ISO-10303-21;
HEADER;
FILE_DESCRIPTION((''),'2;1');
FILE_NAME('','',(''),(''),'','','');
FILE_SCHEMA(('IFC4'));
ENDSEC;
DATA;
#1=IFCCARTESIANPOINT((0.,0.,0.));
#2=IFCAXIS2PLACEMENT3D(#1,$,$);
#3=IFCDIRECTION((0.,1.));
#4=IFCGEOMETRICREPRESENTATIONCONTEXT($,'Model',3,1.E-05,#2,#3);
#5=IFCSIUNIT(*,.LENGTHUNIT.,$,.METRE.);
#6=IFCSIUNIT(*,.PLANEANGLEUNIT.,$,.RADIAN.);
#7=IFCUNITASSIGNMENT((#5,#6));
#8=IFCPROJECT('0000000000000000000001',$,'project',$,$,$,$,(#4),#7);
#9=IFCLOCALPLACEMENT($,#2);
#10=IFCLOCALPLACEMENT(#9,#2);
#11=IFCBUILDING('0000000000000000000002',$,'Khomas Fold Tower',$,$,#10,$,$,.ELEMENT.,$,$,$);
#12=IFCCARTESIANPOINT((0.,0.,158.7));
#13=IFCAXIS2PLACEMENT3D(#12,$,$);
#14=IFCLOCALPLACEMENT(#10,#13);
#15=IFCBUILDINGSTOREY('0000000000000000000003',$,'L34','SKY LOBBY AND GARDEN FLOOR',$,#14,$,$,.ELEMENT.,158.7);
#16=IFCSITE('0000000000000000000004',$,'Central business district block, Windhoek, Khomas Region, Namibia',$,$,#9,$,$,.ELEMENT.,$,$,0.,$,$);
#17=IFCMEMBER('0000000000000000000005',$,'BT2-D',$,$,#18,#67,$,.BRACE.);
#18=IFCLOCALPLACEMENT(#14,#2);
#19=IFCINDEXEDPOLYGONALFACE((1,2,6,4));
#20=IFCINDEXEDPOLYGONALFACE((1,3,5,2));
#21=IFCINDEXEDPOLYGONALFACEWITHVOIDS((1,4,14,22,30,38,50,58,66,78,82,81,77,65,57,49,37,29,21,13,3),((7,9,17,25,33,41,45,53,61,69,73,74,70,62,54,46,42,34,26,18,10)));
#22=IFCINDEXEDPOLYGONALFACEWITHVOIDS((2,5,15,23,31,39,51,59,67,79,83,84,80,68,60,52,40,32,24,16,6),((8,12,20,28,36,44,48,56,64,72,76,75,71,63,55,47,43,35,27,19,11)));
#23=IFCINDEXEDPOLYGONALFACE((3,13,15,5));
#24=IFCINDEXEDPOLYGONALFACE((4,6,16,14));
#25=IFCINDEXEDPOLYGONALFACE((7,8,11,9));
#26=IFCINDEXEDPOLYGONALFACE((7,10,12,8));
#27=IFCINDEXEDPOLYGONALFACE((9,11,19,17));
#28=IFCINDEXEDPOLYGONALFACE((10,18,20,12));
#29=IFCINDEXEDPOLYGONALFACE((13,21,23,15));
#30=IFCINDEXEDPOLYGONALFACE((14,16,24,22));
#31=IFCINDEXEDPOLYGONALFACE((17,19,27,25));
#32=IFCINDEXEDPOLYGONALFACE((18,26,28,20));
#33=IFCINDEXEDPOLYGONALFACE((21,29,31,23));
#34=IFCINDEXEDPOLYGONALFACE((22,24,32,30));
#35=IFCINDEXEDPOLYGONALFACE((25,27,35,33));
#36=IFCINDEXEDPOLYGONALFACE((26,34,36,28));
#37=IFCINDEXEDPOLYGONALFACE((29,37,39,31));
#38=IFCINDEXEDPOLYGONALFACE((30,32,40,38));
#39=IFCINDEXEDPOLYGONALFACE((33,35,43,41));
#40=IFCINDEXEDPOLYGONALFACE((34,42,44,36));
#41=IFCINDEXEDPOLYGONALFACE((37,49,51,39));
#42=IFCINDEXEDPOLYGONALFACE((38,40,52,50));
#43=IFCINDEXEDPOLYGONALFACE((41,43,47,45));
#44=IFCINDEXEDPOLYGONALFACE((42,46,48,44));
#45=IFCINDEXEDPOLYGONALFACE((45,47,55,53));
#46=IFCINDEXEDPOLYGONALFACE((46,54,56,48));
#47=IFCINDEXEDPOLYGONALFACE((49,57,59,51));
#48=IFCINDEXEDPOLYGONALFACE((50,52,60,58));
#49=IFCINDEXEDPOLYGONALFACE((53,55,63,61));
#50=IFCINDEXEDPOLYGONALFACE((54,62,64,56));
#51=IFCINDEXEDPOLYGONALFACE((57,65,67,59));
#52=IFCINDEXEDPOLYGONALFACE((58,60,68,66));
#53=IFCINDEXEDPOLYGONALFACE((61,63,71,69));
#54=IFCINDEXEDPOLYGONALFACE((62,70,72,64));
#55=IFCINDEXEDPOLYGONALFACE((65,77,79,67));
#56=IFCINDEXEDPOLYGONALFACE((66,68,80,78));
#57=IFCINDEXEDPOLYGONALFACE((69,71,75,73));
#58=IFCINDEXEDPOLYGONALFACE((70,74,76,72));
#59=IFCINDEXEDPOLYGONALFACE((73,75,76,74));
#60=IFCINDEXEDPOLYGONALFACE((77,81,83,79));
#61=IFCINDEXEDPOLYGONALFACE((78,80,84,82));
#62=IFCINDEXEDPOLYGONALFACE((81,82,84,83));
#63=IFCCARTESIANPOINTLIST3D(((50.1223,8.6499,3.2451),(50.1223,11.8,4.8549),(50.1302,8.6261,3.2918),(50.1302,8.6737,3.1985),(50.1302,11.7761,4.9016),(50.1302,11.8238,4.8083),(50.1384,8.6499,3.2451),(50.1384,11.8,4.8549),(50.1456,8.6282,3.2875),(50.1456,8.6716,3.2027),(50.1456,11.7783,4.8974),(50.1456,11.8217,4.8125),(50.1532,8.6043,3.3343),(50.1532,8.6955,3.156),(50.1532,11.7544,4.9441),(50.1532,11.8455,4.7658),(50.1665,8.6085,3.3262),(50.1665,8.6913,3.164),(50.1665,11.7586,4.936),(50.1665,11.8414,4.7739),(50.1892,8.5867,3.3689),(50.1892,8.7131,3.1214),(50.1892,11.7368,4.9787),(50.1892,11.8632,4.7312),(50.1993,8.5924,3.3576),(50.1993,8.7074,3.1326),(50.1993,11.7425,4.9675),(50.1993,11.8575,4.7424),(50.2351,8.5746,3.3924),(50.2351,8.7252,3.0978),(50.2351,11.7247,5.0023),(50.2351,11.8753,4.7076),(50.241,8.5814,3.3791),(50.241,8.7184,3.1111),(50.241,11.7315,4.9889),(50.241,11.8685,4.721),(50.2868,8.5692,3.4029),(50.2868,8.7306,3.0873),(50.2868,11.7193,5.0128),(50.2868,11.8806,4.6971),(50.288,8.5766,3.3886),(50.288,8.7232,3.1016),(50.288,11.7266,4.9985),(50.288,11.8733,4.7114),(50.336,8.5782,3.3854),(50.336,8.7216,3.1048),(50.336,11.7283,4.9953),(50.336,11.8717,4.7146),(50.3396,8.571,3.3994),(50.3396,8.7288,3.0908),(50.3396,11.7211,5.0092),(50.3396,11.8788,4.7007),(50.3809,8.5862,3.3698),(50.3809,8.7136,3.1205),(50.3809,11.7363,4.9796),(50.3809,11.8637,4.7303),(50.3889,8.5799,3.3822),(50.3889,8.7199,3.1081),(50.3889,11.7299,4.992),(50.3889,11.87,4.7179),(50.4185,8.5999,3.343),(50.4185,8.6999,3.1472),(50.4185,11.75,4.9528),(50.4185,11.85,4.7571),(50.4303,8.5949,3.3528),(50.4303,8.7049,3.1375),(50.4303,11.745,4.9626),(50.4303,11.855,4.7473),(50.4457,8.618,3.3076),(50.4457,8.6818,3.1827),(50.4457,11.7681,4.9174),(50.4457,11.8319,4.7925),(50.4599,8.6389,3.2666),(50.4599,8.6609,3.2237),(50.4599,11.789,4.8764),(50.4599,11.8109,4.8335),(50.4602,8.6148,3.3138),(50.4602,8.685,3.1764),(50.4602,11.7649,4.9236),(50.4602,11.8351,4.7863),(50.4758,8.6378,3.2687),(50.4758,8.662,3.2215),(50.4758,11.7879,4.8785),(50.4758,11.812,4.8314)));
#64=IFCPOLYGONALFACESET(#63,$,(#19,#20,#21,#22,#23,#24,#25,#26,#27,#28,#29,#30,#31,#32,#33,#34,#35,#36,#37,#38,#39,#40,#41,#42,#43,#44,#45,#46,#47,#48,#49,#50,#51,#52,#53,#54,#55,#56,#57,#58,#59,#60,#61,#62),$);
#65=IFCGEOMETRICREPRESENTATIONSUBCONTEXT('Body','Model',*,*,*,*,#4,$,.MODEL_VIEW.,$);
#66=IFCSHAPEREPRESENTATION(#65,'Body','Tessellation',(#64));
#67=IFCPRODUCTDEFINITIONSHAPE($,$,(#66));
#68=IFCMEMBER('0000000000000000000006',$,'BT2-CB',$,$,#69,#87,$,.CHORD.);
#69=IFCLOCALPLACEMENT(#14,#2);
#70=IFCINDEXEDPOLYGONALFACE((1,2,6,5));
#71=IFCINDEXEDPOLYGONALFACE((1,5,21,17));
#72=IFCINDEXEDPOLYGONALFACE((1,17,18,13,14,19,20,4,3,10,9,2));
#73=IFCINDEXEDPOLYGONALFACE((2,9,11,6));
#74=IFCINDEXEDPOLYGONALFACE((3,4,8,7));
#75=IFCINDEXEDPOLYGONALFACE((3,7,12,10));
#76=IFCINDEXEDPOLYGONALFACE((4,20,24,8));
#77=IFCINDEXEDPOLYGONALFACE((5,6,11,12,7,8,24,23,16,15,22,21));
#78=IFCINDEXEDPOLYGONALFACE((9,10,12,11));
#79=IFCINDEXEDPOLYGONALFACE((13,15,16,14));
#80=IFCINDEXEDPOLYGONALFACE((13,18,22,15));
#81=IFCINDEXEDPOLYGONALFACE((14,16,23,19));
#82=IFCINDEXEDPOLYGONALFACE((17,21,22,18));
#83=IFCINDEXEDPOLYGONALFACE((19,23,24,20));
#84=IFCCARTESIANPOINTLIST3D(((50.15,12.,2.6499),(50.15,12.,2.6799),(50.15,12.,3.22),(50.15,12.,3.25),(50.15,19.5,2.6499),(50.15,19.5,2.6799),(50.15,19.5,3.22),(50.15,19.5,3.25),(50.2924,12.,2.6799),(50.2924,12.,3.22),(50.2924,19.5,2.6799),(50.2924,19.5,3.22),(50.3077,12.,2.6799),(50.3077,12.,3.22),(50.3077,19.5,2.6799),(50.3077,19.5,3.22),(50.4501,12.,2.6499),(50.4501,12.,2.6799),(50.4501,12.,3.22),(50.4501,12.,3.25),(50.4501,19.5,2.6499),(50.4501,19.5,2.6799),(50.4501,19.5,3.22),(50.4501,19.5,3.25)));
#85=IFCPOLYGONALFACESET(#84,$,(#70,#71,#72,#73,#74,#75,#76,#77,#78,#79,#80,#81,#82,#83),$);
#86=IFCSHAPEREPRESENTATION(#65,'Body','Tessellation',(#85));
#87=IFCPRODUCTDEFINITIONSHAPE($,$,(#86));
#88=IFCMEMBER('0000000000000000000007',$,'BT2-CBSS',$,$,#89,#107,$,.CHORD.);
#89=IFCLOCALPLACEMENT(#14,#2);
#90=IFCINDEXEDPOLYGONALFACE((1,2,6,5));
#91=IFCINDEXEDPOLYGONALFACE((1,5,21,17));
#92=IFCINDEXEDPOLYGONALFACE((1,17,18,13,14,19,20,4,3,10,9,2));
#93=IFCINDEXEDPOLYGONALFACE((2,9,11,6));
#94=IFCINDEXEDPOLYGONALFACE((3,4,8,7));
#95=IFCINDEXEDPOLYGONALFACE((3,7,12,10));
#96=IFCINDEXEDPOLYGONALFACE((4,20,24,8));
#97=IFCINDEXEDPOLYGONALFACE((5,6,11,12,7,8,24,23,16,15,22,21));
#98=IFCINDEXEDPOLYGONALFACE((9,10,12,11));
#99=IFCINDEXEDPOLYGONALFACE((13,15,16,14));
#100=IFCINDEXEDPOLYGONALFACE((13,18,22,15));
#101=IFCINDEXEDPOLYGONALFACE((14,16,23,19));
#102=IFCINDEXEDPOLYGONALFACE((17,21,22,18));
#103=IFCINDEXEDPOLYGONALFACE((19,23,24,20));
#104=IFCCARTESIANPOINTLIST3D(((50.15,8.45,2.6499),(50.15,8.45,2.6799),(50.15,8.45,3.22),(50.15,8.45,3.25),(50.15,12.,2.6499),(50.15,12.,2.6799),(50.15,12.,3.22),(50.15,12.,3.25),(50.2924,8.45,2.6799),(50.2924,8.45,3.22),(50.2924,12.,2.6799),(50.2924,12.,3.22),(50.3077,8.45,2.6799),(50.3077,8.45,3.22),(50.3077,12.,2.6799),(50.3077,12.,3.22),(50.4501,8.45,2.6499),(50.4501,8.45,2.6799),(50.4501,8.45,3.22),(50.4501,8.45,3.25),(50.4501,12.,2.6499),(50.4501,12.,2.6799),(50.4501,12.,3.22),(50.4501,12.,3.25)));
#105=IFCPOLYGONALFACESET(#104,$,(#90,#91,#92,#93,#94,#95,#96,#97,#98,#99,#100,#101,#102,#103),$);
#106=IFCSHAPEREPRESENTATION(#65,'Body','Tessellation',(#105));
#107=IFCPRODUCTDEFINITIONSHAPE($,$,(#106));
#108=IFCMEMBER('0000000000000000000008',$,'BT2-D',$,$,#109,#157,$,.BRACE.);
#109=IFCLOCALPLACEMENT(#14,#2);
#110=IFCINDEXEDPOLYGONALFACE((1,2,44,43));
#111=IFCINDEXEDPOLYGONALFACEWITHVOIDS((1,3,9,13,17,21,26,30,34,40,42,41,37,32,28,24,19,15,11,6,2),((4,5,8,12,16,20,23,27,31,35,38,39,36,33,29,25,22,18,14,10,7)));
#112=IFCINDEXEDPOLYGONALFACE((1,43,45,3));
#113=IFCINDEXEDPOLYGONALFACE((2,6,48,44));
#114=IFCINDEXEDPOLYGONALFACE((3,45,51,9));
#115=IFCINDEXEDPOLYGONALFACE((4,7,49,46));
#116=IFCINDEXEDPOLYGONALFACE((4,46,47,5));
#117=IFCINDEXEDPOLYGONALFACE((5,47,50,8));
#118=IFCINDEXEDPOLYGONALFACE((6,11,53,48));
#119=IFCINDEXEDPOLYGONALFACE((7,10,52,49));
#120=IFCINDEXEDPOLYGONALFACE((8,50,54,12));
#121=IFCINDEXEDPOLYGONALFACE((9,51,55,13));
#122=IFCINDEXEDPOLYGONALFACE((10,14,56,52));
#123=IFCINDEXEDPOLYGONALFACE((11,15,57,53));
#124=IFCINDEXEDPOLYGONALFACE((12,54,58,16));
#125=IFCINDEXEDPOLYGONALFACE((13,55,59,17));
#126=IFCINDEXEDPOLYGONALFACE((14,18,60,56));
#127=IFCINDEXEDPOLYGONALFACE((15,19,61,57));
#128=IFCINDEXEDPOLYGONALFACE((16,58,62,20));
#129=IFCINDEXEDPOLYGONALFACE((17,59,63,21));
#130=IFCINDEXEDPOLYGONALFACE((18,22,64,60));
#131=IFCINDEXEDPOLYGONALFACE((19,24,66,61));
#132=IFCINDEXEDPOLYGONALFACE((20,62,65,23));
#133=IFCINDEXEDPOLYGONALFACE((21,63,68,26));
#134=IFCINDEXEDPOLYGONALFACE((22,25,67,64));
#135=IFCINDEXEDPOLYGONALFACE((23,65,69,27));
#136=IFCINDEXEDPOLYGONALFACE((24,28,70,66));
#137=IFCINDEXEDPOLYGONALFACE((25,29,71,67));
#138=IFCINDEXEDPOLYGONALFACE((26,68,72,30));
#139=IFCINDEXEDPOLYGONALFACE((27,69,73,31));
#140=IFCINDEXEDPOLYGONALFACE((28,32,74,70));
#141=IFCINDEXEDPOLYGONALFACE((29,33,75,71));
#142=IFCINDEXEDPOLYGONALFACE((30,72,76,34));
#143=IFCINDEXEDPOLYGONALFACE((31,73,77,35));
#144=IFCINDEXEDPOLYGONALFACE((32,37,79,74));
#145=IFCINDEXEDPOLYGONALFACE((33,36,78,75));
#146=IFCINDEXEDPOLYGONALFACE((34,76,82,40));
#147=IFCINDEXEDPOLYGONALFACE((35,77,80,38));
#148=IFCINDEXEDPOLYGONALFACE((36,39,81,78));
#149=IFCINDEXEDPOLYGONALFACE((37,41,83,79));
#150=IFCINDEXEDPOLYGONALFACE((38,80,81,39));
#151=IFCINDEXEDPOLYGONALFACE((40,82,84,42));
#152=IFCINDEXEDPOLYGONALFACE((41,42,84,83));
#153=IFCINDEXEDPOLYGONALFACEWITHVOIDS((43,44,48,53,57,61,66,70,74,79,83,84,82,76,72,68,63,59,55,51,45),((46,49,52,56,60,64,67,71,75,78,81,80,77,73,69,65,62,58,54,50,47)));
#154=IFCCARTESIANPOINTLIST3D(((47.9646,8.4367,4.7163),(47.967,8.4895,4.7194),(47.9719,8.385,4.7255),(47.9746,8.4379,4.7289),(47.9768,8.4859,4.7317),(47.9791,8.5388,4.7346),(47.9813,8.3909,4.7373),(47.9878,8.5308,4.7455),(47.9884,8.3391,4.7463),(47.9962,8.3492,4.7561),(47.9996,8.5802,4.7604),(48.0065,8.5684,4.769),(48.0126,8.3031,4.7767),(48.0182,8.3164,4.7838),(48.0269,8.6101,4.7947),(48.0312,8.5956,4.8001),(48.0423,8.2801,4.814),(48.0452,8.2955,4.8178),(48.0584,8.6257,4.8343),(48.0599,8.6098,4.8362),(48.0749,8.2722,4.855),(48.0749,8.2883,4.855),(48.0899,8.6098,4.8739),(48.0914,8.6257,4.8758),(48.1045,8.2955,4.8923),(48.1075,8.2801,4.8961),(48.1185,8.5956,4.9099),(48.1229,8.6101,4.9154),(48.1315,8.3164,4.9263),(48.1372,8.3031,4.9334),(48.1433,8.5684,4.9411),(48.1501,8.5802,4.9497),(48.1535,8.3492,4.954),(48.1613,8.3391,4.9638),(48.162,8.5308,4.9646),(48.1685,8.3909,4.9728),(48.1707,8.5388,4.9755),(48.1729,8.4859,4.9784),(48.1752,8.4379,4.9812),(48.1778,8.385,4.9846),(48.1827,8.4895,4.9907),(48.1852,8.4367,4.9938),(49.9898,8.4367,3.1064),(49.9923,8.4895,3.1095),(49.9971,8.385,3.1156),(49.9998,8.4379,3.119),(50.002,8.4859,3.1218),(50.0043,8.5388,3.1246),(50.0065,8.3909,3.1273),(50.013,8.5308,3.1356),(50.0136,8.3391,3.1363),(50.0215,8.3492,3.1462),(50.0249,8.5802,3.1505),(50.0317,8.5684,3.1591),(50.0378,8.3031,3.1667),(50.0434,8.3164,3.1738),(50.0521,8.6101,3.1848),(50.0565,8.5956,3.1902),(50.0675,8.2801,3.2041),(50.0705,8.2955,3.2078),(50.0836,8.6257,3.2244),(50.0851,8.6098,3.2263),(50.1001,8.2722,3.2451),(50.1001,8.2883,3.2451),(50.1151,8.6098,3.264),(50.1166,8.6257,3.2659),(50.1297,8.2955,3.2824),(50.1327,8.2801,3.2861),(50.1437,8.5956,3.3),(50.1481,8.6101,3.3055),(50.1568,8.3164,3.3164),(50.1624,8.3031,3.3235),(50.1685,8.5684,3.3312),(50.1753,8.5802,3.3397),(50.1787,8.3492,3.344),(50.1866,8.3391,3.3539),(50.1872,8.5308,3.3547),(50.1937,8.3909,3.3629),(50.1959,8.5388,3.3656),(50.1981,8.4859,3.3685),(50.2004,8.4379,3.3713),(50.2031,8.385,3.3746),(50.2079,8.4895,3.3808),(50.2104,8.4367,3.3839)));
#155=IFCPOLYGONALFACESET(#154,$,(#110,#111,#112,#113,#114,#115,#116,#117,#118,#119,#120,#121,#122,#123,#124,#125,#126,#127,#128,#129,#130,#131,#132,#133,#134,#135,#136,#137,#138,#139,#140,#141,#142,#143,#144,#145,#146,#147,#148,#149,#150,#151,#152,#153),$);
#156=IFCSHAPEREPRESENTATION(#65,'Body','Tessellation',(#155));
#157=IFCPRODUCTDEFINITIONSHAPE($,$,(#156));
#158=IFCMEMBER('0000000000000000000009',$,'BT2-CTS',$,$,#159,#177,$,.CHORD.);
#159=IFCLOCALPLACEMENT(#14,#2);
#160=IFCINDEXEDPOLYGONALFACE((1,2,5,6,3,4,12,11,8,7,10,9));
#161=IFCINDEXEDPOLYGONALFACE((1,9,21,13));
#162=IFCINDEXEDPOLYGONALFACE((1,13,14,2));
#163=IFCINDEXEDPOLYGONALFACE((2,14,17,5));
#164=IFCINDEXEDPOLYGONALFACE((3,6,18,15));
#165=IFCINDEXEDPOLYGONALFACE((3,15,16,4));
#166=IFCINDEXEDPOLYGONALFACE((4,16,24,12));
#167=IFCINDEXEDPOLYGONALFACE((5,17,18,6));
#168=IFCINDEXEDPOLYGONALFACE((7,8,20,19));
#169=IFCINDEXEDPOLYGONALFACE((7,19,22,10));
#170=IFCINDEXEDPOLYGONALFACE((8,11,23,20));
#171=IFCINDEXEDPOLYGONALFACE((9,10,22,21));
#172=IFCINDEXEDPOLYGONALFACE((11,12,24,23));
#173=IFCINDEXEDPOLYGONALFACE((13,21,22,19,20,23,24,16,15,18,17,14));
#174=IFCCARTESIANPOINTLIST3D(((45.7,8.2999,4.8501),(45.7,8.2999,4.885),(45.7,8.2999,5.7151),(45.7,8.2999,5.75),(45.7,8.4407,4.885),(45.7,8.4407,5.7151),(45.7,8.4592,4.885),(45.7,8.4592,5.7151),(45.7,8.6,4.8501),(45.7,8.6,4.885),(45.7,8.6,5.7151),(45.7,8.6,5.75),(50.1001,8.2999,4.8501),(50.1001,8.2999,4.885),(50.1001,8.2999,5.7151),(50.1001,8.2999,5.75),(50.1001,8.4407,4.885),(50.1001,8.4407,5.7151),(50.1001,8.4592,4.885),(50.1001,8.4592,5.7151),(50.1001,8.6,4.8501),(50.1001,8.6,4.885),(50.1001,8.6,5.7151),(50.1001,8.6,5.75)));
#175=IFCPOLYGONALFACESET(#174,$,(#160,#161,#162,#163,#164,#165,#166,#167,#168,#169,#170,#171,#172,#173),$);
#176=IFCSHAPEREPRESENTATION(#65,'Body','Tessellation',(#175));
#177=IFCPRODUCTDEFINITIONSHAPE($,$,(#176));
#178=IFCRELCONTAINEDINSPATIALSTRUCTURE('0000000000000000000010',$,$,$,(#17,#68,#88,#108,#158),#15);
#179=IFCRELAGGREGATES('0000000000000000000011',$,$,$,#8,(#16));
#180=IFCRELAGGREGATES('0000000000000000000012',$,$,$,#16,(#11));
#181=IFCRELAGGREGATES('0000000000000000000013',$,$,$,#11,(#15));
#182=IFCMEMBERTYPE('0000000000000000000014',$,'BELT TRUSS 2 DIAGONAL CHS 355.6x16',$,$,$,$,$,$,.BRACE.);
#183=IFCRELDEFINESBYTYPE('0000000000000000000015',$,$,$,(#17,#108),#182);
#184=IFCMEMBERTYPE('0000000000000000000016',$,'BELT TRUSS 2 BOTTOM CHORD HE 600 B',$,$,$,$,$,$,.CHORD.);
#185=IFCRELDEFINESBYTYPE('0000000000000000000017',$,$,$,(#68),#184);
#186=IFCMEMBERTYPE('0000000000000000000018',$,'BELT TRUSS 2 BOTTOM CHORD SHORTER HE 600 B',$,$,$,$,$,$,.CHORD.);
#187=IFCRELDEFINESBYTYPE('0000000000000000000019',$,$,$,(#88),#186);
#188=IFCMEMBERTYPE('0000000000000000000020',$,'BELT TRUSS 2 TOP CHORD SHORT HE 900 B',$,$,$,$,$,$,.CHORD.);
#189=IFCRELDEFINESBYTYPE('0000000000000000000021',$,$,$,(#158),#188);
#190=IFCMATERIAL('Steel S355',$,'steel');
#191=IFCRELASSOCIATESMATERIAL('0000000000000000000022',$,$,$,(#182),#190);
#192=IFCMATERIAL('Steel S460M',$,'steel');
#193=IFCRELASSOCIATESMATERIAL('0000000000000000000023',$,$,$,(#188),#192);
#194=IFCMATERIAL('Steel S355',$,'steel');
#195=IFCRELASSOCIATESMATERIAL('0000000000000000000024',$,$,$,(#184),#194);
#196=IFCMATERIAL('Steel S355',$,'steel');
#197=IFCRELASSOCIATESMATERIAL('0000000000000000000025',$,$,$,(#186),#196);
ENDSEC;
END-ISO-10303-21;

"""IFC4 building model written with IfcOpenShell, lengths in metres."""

from ifc_helpers import new_model, si_unit, direction, frame, origin, origin_2d, place, context, subcontext, project, spatial, hollow_circle, i_section, extrude, source, transform, mapped, material, material_profile, profile_set, type_object, element, save


model = new_model("IFC4")

# Units and contexts
model_context = context("Model", 3, precision=1e-05, world=origin(), true_north=direction((0.0, 1.0)))
body_context = subcontext(model_context, "Body", "Model", "MODEL_VIEW")
ifc_project = project(units=[si_unit("LENGTHUNIT", "METRE"), si_unit("PLANEANGLEUNIT", "RADIAN")], contexts=[model_context])

# Site, building, storey
site_placement = place(None, origin())
site = spatial("IfcSite", under=ifc_project, at=site_placement, Name="Central business district block, Windhoek, Khomas Region, Namibia", CompositionType="ELEMENT", RefElevation=0.0)
building_placement = place(site_placement, origin())
building = spatial("IfcBuilding", under=site, at=building_placement, Name="Khomas Fold Tower", CompositionType="ELEMENT")
storey_placement = place(building_placement, frame((0.0, 0.0, 158.7)))
storey = spatial("IfcBuildingStorey", under=building, at=storey_placement, Name="L34", Description="SKY LOBBY AND GARDEN FLOOR", CompositionType="ELEMENT", Elevation=158.7)

# Members
ifc_material_1 = material(Name="Steel S355", Category="steel")
ifc_material_profile_1 = material_profile(ifc_material_1, hollow_circle(Radius=0.1777, WallThickness=0.0161, at=origin_2d()), Name="CHS 355.6x16")
ifc_profile_set_1 = profile_set([ifc_material_profile_1], Name="Steel S355")
member_type_1 = type_object("IfcMemberType", Name="BELT TRUSS 2 DIAGONAL CHS 355.6x16", PredefinedType="BRACE", material=ifc_profile_set_1)
ifc_material_2 = material(Name="Steel S460M", Category="steel")
ifc_material_profile_2 = material_profile(ifc_material_2, i_section(OverallWidth=0.3, OverallDepth=0.8999, WebThickness=0.0186, FlangeThickness=0.0349, at=origin_2d()), Name="HE 900 B")
ifc_profile_set_2 = profile_set([ifc_material_profile_2], Name="Steel S460M")
member_type_2 = type_object("IfcMemberType", Name="BELT TRUSS 2 TOP CHORD SHORT HE 900 B", PredefinedType="CHORD", material=ifc_profile_set_2)
shared_shape_1 = source(origin(), body_context, "Body", "SweptSolid", [
    extrude(hollow_circle(Radius=0.1777, WallThickness=0.0161, at=origin_2d()), origin(), (0.0, 0.0, 1.0), 3.5376),
])
member_1_placement = place(storey_placement, frame((50.3, 8.6499, 3.2451), z_axis=(0.0, 0.890459, 0.455064), x_axis=(-1.0, 0.0, 0.0)))
element("IfcMember", 1, at=member_1_placement, inside=storey, type_object=member_type_1, Name="BT2-D", PredefinedType="BRACE", context=body_context, shape_type="MappedRepresentation", body=[
    mapped(shared_shape_1, transform((0.0, 0.0, 0.0))),
])
ifc_material_3 = material(Name="Steel S355", Category="steel")
ifc_material_profile_3 = material_profile(ifc_material_3, i_section(OverallWidth=0.3, OverallDepth=0.6001, WebThickness=0.0154, FlangeThickness=0.03, at=origin_2d()), Name="HE 600 B")
ifc_profile_set_3 = profile_set([ifc_material_profile_3], Name="Steel S355")
member_type_3 = type_object("IfcMemberType", Name="BELT TRUSS 2 BOTTOM CHORD HE 600 B", PredefinedType="CHORD", material=ifc_profile_set_3)
shared_shape_2 = source(origin(), body_context, "Body", "SweptSolid", [
    extrude(i_section(OverallWidth=0.3, OverallDepth=0.6001, WebThickness=0.0154, FlangeThickness=0.03, at=origin_2d()), origin(), (0.0, 0.0, 1.0), 7.5),
])
member_2_placement = place(storey_placement, frame((50.3, 12.0, 2.95), z_axis=(0.0, 1.0, 0.0), x_axis=(-1.0, 0.0, 0.0)))
element("IfcMember", 2, at=member_2_placement, inside=storey, type_object=member_type_3, Name="BT2-CB", PredefinedType="CHORD", context=body_context, shape_type="MappedRepresentation", body=[
    mapped(shared_shape_2, transform((0.0, 0.0, 0.0))),
])
ifc_material_4 = material(Name="Steel S355", Category="steel")
ifc_material_profile_4 = material_profile(ifc_material_4, i_section(OverallWidth=0.3, OverallDepth=0.6001, WebThickness=0.0154, FlangeThickness=0.03, at=origin_2d()), Name="HE 600 B")
ifc_profile_set_4 = profile_set([ifc_material_profile_4], Name="Steel S355")
member_type_4 = type_object("IfcMemberType", Name="BELT TRUSS 2 BOTTOM CHORD SHORTER HE 600 B", PredefinedType="CHORD", material=ifc_profile_set_4)
shared_shape_3 = source(origin(), body_context, "Body", "SweptSolid", [
    extrude(i_section(OverallWidth=0.3, OverallDepth=0.6001, WebThickness=0.0154, FlangeThickness=0.03, at=origin_2d()), origin(), (0.0, 0.0, 1.0), 3.55),
])
member_3_placement = place(storey_placement, frame((50.3, 8.45, 2.95), z_axis=(0.0, 1.0, 0.0), x_axis=(-1.0, 0.0, 0.0)))
element("IfcMember", 3, at=member_3_placement, inside=storey, type_object=member_type_4, Name="BT2-CBSS", PredefinedType="CHORD", context=body_context, shape_type="MappedRepresentation", body=[
    mapped(shared_shape_3, transform((0.0, 0.0, 0.0))),
])
shared_shape_4 = source(origin(), body_context, "Body", "SweptSolid", [
    extrude(hollow_circle(Radius=0.1777, WallThickness=0.0161, at=origin_2d()), origin(), (0.0, 0.0, 1.0), 2.5872),
])
member_4_placement = place(storey_placement, frame((50.1001, 8.45, 3.2451), z_axis=(-0.782799, 0.0, 0.622275), x_axis=(0.0, -1.0, 0.0)))
element("IfcMember", 4, at=member_4_placement, inside=storey, type_object=member_type_1, Name="BT2-D", PredefinedType="BRACE", context=body_context, shape_type="MappedRepresentation", body=[
    mapped(shared_shape_4, transform((0.0, 0.0, 0.0))),
])
shared_shape_5 = source(origin(), body_context, "Body", "SweptSolid", [
    extrude(i_section(OverallWidth=0.3, OverallDepth=0.8999, WebThickness=0.0186, FlangeThickness=0.0349, at=origin_2d()), origin(), (0.0, 0.0, 1.0), 4.4001),
])
member_5_placement = place(storey_placement, frame((50.1001, 8.45, 5.3), z_axis=(-1.0, 0.0, 0.0), x_axis=(0.0, -1.0, 0.0)))
element("IfcMember", 5, at=member_5_placement, inside=storey, type_object=member_type_2, Name="BT2-CTS", PredefinedType="CHORD", context=body_context, shape_type="MappedRepresentation", body=[
    mapped(shared_shape_5, transform((0.0, 0.0, 0.0))),
])

save(model, "model.ifc")
